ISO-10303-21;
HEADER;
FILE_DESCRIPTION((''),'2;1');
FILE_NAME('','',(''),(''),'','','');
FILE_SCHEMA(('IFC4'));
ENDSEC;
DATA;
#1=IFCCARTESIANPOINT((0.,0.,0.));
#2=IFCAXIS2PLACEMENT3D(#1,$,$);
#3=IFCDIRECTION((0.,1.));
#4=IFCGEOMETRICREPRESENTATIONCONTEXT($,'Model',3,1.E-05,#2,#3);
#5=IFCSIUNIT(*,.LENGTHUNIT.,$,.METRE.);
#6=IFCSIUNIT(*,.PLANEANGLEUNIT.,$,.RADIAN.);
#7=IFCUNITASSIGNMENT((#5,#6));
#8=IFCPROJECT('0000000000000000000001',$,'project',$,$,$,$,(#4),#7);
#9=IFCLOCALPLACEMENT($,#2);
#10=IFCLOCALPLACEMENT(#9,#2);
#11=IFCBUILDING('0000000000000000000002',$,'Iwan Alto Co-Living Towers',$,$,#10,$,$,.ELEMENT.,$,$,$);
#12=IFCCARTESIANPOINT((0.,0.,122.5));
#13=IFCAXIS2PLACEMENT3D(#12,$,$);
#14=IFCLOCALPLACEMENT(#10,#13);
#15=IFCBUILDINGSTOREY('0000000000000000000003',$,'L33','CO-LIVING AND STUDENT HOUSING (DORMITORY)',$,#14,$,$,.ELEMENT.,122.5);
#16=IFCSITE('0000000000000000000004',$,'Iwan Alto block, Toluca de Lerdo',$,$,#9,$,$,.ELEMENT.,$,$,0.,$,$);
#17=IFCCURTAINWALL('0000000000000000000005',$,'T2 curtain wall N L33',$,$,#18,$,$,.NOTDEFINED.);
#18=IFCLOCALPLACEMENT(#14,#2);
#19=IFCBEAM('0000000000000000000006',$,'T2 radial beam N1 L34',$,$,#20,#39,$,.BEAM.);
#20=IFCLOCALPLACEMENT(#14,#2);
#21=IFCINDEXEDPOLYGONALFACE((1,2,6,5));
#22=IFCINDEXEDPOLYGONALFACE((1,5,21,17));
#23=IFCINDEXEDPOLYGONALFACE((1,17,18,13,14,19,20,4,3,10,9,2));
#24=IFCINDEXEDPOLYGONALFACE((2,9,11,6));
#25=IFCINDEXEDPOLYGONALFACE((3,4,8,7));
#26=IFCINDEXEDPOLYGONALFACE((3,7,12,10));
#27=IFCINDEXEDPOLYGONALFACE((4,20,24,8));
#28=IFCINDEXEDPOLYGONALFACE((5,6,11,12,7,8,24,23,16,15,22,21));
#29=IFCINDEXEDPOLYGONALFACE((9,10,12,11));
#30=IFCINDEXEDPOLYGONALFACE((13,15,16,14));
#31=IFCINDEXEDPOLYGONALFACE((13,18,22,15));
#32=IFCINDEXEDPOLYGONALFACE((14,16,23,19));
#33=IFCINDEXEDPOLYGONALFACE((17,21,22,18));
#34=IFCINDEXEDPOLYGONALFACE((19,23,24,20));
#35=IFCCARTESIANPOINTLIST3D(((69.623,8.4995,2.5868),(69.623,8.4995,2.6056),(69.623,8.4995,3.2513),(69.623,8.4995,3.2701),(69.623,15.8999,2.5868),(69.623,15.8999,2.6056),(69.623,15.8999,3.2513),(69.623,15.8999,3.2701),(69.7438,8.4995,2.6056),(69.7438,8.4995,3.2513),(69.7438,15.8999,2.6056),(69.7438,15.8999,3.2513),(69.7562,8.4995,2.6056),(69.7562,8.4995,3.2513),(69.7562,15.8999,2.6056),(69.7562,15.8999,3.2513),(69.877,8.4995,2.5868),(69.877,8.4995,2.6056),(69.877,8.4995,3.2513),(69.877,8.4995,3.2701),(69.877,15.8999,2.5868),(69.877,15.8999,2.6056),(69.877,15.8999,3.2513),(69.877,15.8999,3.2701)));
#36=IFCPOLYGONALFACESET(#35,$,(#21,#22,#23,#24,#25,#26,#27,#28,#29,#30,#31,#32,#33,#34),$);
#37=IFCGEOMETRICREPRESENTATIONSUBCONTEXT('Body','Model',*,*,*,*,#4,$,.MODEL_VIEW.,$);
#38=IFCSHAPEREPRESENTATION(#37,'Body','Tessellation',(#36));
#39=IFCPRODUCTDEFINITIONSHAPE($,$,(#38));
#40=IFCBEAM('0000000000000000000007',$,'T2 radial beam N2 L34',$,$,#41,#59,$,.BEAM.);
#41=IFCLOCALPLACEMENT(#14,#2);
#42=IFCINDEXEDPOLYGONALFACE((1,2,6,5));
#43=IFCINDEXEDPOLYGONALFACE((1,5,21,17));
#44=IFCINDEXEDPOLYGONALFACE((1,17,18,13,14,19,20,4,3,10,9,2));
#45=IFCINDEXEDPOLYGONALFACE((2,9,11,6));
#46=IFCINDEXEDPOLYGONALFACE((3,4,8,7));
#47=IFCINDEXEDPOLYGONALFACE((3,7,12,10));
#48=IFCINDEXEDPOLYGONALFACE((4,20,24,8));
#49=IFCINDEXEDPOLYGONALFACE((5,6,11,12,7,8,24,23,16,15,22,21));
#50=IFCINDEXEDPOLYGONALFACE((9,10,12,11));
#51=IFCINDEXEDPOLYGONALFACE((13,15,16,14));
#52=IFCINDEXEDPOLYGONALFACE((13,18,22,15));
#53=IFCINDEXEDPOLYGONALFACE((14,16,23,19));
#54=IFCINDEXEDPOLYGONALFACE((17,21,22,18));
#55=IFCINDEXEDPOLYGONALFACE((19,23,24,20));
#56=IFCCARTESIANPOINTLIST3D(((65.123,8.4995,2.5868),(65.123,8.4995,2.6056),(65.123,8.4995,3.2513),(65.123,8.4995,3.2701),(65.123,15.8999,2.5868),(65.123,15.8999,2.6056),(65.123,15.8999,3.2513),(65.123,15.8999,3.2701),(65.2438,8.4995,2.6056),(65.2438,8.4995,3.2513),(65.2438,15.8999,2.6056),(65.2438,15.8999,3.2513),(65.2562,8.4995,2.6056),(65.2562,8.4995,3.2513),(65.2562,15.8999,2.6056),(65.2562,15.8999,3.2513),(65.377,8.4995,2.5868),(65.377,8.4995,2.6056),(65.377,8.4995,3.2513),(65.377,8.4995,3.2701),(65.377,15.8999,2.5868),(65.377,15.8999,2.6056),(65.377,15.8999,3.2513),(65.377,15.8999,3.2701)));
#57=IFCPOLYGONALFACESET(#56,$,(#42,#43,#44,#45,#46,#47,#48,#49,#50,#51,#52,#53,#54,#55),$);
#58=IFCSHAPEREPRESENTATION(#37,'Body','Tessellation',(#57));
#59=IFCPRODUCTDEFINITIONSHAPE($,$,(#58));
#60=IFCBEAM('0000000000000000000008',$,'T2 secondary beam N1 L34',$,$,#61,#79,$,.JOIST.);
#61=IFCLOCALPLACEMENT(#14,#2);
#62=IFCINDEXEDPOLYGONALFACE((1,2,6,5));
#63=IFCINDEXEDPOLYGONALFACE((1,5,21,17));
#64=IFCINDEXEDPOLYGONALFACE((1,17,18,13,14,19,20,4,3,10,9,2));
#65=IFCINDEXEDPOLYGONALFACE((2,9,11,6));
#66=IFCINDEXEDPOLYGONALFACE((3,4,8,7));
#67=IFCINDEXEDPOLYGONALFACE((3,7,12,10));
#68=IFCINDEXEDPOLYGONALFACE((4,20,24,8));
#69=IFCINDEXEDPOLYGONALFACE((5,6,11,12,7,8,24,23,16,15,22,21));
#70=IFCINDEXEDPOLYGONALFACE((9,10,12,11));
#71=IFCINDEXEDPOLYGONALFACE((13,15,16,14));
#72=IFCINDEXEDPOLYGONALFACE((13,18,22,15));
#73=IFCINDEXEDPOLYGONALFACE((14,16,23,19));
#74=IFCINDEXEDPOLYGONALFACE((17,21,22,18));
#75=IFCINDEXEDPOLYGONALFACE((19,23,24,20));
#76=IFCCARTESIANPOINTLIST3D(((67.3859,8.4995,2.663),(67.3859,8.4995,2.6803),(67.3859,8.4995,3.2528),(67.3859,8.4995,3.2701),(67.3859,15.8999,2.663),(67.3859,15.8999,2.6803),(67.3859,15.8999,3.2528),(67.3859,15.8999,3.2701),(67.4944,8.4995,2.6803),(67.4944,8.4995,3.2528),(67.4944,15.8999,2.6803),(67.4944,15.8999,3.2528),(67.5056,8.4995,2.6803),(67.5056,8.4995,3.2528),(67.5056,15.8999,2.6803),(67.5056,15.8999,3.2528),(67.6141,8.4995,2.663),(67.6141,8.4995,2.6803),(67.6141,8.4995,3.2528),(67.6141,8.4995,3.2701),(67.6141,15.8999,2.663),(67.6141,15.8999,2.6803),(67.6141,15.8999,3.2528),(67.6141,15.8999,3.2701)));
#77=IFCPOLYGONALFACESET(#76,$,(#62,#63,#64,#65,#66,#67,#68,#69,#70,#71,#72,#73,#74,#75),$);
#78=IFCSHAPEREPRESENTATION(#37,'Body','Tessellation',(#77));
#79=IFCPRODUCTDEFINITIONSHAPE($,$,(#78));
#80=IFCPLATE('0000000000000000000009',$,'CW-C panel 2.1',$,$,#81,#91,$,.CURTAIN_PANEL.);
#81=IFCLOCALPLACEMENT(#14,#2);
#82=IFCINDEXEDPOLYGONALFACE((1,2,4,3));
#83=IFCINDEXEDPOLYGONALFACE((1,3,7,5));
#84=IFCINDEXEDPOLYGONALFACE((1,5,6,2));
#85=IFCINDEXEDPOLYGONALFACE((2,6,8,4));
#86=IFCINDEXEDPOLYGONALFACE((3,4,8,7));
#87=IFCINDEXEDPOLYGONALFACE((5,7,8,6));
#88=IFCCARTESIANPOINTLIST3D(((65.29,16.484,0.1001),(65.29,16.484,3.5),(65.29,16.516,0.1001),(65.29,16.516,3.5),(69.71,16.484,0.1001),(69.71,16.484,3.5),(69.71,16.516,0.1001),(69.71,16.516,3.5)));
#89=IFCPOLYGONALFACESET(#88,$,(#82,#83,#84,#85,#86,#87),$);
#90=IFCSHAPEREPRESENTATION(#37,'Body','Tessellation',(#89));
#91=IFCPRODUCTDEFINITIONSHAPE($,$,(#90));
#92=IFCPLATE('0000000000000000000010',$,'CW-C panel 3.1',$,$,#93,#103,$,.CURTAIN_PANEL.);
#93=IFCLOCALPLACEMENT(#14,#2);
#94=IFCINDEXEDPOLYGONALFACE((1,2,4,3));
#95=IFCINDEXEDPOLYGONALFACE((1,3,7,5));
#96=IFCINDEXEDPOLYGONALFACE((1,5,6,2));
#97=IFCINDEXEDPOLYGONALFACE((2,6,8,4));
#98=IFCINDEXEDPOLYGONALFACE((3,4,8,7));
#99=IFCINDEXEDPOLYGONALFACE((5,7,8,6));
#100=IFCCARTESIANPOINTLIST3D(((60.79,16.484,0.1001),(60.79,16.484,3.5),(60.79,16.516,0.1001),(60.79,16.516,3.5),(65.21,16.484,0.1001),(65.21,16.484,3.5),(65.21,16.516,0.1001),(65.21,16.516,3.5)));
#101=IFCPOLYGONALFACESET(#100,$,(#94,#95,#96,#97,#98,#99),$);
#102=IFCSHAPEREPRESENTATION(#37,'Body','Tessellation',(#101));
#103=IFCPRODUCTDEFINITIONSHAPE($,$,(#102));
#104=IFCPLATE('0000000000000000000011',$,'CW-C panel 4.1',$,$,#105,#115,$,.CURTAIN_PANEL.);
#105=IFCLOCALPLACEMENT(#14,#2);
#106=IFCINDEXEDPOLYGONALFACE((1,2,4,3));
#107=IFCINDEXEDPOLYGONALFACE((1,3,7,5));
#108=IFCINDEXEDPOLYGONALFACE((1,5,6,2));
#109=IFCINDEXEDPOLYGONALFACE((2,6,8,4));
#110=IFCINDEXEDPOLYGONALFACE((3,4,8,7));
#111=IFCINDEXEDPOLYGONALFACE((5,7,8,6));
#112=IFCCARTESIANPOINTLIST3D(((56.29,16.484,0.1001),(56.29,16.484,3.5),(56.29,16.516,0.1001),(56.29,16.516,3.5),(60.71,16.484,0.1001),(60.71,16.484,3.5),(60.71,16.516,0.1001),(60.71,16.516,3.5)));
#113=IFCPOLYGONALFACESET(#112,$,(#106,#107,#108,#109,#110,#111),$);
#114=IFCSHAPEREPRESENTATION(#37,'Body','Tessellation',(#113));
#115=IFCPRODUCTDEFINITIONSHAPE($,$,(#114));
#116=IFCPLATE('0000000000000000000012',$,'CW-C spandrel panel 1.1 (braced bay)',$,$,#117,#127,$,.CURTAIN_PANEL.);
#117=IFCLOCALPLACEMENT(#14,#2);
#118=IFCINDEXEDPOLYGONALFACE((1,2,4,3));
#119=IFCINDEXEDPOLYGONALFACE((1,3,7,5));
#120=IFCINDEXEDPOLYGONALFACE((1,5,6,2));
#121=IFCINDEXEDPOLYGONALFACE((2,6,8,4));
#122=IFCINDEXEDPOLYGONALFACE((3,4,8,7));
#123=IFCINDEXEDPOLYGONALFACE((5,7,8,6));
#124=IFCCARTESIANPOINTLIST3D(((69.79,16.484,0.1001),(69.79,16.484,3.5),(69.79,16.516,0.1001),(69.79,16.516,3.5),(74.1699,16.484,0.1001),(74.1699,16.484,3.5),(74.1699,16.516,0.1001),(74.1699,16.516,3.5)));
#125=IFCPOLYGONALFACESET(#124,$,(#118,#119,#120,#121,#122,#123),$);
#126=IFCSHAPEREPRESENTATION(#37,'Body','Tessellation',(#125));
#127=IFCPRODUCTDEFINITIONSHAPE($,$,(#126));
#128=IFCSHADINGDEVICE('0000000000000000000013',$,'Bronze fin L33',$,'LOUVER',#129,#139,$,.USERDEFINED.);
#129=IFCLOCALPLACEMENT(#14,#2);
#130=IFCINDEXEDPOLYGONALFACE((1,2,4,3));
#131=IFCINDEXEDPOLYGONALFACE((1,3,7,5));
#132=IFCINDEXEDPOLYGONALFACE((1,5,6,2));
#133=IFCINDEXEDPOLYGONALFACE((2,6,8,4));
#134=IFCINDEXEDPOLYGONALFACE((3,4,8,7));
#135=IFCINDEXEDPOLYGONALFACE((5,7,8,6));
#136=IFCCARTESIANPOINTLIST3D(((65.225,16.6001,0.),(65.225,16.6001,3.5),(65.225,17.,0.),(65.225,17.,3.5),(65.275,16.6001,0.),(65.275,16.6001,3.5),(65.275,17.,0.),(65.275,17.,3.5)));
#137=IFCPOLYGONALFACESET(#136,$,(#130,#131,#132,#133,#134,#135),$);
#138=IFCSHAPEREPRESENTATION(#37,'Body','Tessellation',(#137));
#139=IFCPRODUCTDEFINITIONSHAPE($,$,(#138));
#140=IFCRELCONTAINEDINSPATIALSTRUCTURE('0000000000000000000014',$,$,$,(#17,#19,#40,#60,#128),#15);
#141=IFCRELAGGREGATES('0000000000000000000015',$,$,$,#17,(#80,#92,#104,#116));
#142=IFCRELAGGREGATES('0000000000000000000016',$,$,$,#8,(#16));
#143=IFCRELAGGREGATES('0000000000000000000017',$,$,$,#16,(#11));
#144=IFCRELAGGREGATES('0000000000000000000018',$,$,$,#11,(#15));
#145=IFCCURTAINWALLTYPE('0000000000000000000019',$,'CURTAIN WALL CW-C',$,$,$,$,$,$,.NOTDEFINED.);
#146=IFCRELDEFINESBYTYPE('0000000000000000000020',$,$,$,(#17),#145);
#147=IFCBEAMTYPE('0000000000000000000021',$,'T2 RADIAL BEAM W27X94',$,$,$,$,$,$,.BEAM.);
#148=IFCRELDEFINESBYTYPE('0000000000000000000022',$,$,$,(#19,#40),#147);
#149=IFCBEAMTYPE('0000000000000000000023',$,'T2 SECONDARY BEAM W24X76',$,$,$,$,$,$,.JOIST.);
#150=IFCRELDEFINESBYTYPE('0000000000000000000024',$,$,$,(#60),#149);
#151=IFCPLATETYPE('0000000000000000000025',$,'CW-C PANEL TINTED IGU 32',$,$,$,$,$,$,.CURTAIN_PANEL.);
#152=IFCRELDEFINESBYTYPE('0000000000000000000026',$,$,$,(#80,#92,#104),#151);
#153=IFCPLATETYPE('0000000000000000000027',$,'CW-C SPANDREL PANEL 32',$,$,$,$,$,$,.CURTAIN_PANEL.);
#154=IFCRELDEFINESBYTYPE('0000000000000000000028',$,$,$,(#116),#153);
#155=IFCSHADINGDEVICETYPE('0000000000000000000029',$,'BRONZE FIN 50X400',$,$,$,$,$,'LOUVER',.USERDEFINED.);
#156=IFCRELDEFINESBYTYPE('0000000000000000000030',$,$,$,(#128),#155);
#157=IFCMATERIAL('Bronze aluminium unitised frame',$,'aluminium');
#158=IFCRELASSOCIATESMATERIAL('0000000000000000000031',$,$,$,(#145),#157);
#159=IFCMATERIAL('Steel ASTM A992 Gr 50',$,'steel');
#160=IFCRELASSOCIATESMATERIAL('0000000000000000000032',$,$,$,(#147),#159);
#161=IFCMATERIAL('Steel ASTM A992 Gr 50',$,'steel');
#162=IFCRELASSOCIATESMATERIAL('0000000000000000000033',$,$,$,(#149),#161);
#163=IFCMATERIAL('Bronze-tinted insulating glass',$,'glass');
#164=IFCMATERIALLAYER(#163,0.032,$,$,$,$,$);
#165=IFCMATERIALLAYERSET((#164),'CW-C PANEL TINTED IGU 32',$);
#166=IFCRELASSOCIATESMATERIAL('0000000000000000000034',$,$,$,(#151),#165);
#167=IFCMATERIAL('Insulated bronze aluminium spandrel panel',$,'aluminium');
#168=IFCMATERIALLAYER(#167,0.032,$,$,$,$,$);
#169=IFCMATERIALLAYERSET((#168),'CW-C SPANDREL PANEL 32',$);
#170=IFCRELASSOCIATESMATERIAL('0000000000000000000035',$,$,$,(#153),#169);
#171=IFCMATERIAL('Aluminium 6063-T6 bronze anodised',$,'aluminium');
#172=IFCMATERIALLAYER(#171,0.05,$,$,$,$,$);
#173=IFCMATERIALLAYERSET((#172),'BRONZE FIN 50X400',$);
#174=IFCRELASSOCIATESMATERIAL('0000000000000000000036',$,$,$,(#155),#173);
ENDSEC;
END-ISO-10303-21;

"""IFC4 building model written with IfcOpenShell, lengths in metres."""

from ifc_helpers import new_model, si_unit, direction, frame, origin, origin_2d, place, context, subcontext, project, spatial, rectangle, i_section, extrude, material, layer, layer_set, material_profile, profile_set, type_object, element, aggregate, save


model = new_model("IFC4")

# Units and contexts
model_context = context("Model", 3, precision=1e-05, world=origin(), true_north=direction((0.0, 1.0)))
body_context = subcontext(model_context, "Body", "Model", "MODEL_VIEW")
ifc_project = project(units=[si_unit("LENGTHUNIT", "METRE"), si_unit("PLANEANGLEUNIT", "RADIAN")], contexts=[model_context])

# Site, building, storey
site_placement = place(None, origin())
site = spatial("IfcSite", under=ifc_project, at=site_placement, Name="Iwan Alto block, Toluca de Lerdo", CompositionType="ELEMENT", RefElevation=0.0)
building_placement = place(site_placement, origin())
building = spatial("IfcBuilding", under=site, at=building_placement, Name="Iwan Alto Co-Living Towers", CompositionType="ELEMENT")
storey_placement = place(building_placement, frame((0.0, 0.0, 122.5)))
storey = spatial("IfcBuildingStorey", under=building, at=storey_placement, Name="L33", Description="CO-LIVING AND STUDENT HOUSING (DORMITORY)", CompositionType="ELEMENT", Elevation=122.5)

# Curtain wall
ifc_material_1 = material(Name="Bronze aluminium unitised frame", Category="aluminium")
curtain_wall_type = type_object("IfcCurtainWallType", Name="CURTAIN WALL CW-C", PredefinedType="NOTDEFINED", material=ifc_material_1)
curtain_wall_placement = place(storey_placement, origin())
curtain_wall = element("IfcCurtainWall", 1, at=curtain_wall_placement, inside=storey, type_object=curtain_wall_type, Name="T2 curtain wall N L33", PredefinedType="NOTDEFINED")

# Beams
ifc_material_2 = material(Name="Steel ASTM A992 Gr 50", Category="steel")
ifc_material_profile_1 = material_profile(ifc_material_2, i_section(OverallWidth=0.2539, OverallDepth=0.6833, WebThickness=0.0125, FlangeThickness=0.0188, at=origin_2d()), Name="W27X94")
ifc_profile_set_1 = profile_set([ifc_material_profile_1], Name="Steel ASTM A992 Gr 50")
beam_type_1 = type_object("IfcBeamType", Name="T2 RADIAL BEAM W27X94", PredefinedType="BEAM", material=ifc_profile_set_1)
for number, where, z_axis, x_axis, name in (
    (2, (69.75, 15.8999, 2.9285), (0.0, -1.0, 0.0), (1.0, 0.0, 0.0), "T2 radial beam N1 L34"),
    (3, (65.25, 15.8999, 2.9285), (0.0, -1.0, 0.0), (1.0, 0.0, 0.0), "T2 radial beam N2 L34"),
):
    element("IfcBeam", number, at=place(storey_placement, frame(where, z_axis=z_axis, x_axis=x_axis)), inside=storey, type_object=beam_type_1, Name=name, PredefinedType="BEAM", context=body_context, shape_type="SweptSolid", body=[
        extrude(i_section(OverallWidth=0.2539, OverallDepth=0.6833, WebThickness=0.0125, FlangeThickness=0.0188, at=origin_2d()), origin(), (0.0, 0.0, 1.0), 7.4004),
    ])
ifc_material_3 = material(Name="Steel ASTM A992 Gr 50", Category="steel")
ifc_material_profile_2 = material_profile(ifc_material_3, i_section(OverallWidth=0.2283, OverallDepth=0.6072, WebThickness=0.0112, FlangeThickness=0.0173, at=origin_2d()), Name="W24X76")
ifc_profile_set_2 = profile_set([ifc_material_profile_2], Name="Steel ASTM A992 Gr 50")
beam_type_2 = type_object("IfcBeamType", Name="T2 SECONDARY BEAM W24X76", PredefinedType="JOIST", material=ifc_profile_set_2)
beam_placement = place(storey_placement, frame((67.5, 15.8999, 2.9666), z_axis=(0.0, -1.0, 0.0), x_axis=(1.0, 0.0, 0.0)))
element("IfcBeam", 4, at=beam_placement, inside=storey, type_object=beam_type_2, Name="T2 secondary beam N1 L34", PredefinedType="JOIST", context=body_context, shape_type="SweptSolid", body=[
    extrude(i_section(OverallWidth=0.2283, OverallDepth=0.6072, WebThickness=0.0112, FlangeThickness=0.0173, at=origin_2d()), origin(), (0.0, 0.0, 1.0), 7.4004),
])

# Plates
ifc_material_4 = material(Name="Bronze-tinted insulating glass", Category="glass")
ifc_layer_1 = layer(ifc_material_4, 0.032)
ifc_layer_set_1 = layer_set([ifc_layer_1], Name="CW-C PANEL TINTED IGU 32")
plate_type_1 = type_object("IfcPlateType", Name="CW-C PANEL TINTED IGU 32", PredefinedType="CURTAIN_PANEL", material=ifc_layer_set_1)
plate_1_placement = place(storey_placement, frame((67.5, 16.5, 0.1001), z_axis=(0.0, 0.0, 1.0), x_axis=(-1.0, 0.0, 0.0)))
plate_1 = element("IfcPlate", 5, at=plate_1_placement, type_object=plate_type_1, Name="CW-C panel 2.1", PredefinedType="CURTAIN_PANEL", context=body_context, shape_type="SweptSolid", body=[
    extrude(rectangle(XDim=4.4199, YDim=0.032, at=origin_2d()), origin(), (0.0, 0.0, 1.0), 3.3999),
])
plate_2_placement = place(storey_placement, frame((63.0, 16.5, 0.1001), z_axis=(0.0, 0.0, 1.0), x_axis=(-1.0, 0.0, 0.0)))
plate_2 = element("IfcPlate", 6, at=plate_2_placement, type_object=plate_type_1, Name="CW-C panel 3.1", PredefinedType="CURTAIN_PANEL", context=body_context, shape_type="SweptSolid", body=[
    extrude(rectangle(XDim=4.4199, YDim=0.032, at=origin_2d()), origin(), (0.0, 0.0, 1.0), 3.3999),
])
plate_3_placement = place(storey_placement, frame((58.5, 16.5, 0.1001), z_axis=(0.0, 0.0, 1.0), x_axis=(-1.0, 0.0, 0.0)))
plate_3 = element("IfcPlate", 7, at=plate_3_placement, type_object=plate_type_1, Name="CW-C panel 4.1", PredefinedType="CURTAIN_PANEL", context=body_context, shape_type="SweptSolid", body=[
    extrude(rectangle(XDim=4.4199, YDim=0.032, at=origin_2d()), origin(), (0.0, 0.0, 1.0), 3.3999),
])
ifc_material_5 = material(Name="Insulated bronze aluminium spandrel panel", Category="aluminium")
ifc_layer_2 = layer(ifc_material_5, 0.032)
ifc_layer_set_2 = layer_set([ifc_layer_2], Name="CW-C SPANDREL PANEL 32")
plate_type_2 = type_object("IfcPlateType", Name="CW-C SPANDREL PANEL 32", PredefinedType="CURTAIN_PANEL", material=ifc_layer_set_2)
plate_4_placement = place(storey_placement, frame((71.98, 16.5, 0.1001), z_axis=(0.0, 0.0, 1.0), x_axis=(-1.0, 0.0, 0.0)))
plate_4 = element("IfcPlate", 8, at=plate_4_placement, type_object=plate_type_2, Name="CW-C spandrel panel 1.1 (braced bay)", PredefinedType="CURTAIN_PANEL", context=body_context, shape_type="SweptSolid", body=[
    extrude(rectangle(XDim=4.3799, YDim=0.032, at=origin_2d()), origin(), (0.0, 0.0, 1.0), 3.3999),
])
aggregate(curtain_wall, [plate_1, plate_2, plate_3, plate_4])

# Shading device
ifc_material_6 = material(Name="Aluminium 6063-T6 bronze anodised", Category="aluminium")
ifc_layer_3 = layer(ifc_material_6, 0.05)
ifc_layer_set_3 = layer_set([ifc_layer_3], Name="BRONZE FIN 50X400")
shading_device_type = type_object("IfcShadingDeviceType", Name="BRONZE FIN 50X400", ElementType="LOUVER", PredefinedType="USERDEFINED", material=ifc_layer_set_3)
shading_device_placement = place(storey_placement, frame((65.25, 16.8, 0.0), z_axis=(0.0, 0.0, 1.0), x_axis=(-1.0, 0.0, 0.0)))
element("IfcShadingDevice", 9, at=shading_device_placement, inside=storey, type_object=shading_device_type, Name="Bronze fin L33", ObjectType="LOUVER", PredefinedType="USERDEFINED", context=body_context, shape_type="SweptSolid", body=[
    extrude(rectangle(XDim=0.05, YDim=0.3999, at=origin_2d()), origin(), (0.0, 0.0, 1.0), 3.5),
])

save(model, "model.ifc")
